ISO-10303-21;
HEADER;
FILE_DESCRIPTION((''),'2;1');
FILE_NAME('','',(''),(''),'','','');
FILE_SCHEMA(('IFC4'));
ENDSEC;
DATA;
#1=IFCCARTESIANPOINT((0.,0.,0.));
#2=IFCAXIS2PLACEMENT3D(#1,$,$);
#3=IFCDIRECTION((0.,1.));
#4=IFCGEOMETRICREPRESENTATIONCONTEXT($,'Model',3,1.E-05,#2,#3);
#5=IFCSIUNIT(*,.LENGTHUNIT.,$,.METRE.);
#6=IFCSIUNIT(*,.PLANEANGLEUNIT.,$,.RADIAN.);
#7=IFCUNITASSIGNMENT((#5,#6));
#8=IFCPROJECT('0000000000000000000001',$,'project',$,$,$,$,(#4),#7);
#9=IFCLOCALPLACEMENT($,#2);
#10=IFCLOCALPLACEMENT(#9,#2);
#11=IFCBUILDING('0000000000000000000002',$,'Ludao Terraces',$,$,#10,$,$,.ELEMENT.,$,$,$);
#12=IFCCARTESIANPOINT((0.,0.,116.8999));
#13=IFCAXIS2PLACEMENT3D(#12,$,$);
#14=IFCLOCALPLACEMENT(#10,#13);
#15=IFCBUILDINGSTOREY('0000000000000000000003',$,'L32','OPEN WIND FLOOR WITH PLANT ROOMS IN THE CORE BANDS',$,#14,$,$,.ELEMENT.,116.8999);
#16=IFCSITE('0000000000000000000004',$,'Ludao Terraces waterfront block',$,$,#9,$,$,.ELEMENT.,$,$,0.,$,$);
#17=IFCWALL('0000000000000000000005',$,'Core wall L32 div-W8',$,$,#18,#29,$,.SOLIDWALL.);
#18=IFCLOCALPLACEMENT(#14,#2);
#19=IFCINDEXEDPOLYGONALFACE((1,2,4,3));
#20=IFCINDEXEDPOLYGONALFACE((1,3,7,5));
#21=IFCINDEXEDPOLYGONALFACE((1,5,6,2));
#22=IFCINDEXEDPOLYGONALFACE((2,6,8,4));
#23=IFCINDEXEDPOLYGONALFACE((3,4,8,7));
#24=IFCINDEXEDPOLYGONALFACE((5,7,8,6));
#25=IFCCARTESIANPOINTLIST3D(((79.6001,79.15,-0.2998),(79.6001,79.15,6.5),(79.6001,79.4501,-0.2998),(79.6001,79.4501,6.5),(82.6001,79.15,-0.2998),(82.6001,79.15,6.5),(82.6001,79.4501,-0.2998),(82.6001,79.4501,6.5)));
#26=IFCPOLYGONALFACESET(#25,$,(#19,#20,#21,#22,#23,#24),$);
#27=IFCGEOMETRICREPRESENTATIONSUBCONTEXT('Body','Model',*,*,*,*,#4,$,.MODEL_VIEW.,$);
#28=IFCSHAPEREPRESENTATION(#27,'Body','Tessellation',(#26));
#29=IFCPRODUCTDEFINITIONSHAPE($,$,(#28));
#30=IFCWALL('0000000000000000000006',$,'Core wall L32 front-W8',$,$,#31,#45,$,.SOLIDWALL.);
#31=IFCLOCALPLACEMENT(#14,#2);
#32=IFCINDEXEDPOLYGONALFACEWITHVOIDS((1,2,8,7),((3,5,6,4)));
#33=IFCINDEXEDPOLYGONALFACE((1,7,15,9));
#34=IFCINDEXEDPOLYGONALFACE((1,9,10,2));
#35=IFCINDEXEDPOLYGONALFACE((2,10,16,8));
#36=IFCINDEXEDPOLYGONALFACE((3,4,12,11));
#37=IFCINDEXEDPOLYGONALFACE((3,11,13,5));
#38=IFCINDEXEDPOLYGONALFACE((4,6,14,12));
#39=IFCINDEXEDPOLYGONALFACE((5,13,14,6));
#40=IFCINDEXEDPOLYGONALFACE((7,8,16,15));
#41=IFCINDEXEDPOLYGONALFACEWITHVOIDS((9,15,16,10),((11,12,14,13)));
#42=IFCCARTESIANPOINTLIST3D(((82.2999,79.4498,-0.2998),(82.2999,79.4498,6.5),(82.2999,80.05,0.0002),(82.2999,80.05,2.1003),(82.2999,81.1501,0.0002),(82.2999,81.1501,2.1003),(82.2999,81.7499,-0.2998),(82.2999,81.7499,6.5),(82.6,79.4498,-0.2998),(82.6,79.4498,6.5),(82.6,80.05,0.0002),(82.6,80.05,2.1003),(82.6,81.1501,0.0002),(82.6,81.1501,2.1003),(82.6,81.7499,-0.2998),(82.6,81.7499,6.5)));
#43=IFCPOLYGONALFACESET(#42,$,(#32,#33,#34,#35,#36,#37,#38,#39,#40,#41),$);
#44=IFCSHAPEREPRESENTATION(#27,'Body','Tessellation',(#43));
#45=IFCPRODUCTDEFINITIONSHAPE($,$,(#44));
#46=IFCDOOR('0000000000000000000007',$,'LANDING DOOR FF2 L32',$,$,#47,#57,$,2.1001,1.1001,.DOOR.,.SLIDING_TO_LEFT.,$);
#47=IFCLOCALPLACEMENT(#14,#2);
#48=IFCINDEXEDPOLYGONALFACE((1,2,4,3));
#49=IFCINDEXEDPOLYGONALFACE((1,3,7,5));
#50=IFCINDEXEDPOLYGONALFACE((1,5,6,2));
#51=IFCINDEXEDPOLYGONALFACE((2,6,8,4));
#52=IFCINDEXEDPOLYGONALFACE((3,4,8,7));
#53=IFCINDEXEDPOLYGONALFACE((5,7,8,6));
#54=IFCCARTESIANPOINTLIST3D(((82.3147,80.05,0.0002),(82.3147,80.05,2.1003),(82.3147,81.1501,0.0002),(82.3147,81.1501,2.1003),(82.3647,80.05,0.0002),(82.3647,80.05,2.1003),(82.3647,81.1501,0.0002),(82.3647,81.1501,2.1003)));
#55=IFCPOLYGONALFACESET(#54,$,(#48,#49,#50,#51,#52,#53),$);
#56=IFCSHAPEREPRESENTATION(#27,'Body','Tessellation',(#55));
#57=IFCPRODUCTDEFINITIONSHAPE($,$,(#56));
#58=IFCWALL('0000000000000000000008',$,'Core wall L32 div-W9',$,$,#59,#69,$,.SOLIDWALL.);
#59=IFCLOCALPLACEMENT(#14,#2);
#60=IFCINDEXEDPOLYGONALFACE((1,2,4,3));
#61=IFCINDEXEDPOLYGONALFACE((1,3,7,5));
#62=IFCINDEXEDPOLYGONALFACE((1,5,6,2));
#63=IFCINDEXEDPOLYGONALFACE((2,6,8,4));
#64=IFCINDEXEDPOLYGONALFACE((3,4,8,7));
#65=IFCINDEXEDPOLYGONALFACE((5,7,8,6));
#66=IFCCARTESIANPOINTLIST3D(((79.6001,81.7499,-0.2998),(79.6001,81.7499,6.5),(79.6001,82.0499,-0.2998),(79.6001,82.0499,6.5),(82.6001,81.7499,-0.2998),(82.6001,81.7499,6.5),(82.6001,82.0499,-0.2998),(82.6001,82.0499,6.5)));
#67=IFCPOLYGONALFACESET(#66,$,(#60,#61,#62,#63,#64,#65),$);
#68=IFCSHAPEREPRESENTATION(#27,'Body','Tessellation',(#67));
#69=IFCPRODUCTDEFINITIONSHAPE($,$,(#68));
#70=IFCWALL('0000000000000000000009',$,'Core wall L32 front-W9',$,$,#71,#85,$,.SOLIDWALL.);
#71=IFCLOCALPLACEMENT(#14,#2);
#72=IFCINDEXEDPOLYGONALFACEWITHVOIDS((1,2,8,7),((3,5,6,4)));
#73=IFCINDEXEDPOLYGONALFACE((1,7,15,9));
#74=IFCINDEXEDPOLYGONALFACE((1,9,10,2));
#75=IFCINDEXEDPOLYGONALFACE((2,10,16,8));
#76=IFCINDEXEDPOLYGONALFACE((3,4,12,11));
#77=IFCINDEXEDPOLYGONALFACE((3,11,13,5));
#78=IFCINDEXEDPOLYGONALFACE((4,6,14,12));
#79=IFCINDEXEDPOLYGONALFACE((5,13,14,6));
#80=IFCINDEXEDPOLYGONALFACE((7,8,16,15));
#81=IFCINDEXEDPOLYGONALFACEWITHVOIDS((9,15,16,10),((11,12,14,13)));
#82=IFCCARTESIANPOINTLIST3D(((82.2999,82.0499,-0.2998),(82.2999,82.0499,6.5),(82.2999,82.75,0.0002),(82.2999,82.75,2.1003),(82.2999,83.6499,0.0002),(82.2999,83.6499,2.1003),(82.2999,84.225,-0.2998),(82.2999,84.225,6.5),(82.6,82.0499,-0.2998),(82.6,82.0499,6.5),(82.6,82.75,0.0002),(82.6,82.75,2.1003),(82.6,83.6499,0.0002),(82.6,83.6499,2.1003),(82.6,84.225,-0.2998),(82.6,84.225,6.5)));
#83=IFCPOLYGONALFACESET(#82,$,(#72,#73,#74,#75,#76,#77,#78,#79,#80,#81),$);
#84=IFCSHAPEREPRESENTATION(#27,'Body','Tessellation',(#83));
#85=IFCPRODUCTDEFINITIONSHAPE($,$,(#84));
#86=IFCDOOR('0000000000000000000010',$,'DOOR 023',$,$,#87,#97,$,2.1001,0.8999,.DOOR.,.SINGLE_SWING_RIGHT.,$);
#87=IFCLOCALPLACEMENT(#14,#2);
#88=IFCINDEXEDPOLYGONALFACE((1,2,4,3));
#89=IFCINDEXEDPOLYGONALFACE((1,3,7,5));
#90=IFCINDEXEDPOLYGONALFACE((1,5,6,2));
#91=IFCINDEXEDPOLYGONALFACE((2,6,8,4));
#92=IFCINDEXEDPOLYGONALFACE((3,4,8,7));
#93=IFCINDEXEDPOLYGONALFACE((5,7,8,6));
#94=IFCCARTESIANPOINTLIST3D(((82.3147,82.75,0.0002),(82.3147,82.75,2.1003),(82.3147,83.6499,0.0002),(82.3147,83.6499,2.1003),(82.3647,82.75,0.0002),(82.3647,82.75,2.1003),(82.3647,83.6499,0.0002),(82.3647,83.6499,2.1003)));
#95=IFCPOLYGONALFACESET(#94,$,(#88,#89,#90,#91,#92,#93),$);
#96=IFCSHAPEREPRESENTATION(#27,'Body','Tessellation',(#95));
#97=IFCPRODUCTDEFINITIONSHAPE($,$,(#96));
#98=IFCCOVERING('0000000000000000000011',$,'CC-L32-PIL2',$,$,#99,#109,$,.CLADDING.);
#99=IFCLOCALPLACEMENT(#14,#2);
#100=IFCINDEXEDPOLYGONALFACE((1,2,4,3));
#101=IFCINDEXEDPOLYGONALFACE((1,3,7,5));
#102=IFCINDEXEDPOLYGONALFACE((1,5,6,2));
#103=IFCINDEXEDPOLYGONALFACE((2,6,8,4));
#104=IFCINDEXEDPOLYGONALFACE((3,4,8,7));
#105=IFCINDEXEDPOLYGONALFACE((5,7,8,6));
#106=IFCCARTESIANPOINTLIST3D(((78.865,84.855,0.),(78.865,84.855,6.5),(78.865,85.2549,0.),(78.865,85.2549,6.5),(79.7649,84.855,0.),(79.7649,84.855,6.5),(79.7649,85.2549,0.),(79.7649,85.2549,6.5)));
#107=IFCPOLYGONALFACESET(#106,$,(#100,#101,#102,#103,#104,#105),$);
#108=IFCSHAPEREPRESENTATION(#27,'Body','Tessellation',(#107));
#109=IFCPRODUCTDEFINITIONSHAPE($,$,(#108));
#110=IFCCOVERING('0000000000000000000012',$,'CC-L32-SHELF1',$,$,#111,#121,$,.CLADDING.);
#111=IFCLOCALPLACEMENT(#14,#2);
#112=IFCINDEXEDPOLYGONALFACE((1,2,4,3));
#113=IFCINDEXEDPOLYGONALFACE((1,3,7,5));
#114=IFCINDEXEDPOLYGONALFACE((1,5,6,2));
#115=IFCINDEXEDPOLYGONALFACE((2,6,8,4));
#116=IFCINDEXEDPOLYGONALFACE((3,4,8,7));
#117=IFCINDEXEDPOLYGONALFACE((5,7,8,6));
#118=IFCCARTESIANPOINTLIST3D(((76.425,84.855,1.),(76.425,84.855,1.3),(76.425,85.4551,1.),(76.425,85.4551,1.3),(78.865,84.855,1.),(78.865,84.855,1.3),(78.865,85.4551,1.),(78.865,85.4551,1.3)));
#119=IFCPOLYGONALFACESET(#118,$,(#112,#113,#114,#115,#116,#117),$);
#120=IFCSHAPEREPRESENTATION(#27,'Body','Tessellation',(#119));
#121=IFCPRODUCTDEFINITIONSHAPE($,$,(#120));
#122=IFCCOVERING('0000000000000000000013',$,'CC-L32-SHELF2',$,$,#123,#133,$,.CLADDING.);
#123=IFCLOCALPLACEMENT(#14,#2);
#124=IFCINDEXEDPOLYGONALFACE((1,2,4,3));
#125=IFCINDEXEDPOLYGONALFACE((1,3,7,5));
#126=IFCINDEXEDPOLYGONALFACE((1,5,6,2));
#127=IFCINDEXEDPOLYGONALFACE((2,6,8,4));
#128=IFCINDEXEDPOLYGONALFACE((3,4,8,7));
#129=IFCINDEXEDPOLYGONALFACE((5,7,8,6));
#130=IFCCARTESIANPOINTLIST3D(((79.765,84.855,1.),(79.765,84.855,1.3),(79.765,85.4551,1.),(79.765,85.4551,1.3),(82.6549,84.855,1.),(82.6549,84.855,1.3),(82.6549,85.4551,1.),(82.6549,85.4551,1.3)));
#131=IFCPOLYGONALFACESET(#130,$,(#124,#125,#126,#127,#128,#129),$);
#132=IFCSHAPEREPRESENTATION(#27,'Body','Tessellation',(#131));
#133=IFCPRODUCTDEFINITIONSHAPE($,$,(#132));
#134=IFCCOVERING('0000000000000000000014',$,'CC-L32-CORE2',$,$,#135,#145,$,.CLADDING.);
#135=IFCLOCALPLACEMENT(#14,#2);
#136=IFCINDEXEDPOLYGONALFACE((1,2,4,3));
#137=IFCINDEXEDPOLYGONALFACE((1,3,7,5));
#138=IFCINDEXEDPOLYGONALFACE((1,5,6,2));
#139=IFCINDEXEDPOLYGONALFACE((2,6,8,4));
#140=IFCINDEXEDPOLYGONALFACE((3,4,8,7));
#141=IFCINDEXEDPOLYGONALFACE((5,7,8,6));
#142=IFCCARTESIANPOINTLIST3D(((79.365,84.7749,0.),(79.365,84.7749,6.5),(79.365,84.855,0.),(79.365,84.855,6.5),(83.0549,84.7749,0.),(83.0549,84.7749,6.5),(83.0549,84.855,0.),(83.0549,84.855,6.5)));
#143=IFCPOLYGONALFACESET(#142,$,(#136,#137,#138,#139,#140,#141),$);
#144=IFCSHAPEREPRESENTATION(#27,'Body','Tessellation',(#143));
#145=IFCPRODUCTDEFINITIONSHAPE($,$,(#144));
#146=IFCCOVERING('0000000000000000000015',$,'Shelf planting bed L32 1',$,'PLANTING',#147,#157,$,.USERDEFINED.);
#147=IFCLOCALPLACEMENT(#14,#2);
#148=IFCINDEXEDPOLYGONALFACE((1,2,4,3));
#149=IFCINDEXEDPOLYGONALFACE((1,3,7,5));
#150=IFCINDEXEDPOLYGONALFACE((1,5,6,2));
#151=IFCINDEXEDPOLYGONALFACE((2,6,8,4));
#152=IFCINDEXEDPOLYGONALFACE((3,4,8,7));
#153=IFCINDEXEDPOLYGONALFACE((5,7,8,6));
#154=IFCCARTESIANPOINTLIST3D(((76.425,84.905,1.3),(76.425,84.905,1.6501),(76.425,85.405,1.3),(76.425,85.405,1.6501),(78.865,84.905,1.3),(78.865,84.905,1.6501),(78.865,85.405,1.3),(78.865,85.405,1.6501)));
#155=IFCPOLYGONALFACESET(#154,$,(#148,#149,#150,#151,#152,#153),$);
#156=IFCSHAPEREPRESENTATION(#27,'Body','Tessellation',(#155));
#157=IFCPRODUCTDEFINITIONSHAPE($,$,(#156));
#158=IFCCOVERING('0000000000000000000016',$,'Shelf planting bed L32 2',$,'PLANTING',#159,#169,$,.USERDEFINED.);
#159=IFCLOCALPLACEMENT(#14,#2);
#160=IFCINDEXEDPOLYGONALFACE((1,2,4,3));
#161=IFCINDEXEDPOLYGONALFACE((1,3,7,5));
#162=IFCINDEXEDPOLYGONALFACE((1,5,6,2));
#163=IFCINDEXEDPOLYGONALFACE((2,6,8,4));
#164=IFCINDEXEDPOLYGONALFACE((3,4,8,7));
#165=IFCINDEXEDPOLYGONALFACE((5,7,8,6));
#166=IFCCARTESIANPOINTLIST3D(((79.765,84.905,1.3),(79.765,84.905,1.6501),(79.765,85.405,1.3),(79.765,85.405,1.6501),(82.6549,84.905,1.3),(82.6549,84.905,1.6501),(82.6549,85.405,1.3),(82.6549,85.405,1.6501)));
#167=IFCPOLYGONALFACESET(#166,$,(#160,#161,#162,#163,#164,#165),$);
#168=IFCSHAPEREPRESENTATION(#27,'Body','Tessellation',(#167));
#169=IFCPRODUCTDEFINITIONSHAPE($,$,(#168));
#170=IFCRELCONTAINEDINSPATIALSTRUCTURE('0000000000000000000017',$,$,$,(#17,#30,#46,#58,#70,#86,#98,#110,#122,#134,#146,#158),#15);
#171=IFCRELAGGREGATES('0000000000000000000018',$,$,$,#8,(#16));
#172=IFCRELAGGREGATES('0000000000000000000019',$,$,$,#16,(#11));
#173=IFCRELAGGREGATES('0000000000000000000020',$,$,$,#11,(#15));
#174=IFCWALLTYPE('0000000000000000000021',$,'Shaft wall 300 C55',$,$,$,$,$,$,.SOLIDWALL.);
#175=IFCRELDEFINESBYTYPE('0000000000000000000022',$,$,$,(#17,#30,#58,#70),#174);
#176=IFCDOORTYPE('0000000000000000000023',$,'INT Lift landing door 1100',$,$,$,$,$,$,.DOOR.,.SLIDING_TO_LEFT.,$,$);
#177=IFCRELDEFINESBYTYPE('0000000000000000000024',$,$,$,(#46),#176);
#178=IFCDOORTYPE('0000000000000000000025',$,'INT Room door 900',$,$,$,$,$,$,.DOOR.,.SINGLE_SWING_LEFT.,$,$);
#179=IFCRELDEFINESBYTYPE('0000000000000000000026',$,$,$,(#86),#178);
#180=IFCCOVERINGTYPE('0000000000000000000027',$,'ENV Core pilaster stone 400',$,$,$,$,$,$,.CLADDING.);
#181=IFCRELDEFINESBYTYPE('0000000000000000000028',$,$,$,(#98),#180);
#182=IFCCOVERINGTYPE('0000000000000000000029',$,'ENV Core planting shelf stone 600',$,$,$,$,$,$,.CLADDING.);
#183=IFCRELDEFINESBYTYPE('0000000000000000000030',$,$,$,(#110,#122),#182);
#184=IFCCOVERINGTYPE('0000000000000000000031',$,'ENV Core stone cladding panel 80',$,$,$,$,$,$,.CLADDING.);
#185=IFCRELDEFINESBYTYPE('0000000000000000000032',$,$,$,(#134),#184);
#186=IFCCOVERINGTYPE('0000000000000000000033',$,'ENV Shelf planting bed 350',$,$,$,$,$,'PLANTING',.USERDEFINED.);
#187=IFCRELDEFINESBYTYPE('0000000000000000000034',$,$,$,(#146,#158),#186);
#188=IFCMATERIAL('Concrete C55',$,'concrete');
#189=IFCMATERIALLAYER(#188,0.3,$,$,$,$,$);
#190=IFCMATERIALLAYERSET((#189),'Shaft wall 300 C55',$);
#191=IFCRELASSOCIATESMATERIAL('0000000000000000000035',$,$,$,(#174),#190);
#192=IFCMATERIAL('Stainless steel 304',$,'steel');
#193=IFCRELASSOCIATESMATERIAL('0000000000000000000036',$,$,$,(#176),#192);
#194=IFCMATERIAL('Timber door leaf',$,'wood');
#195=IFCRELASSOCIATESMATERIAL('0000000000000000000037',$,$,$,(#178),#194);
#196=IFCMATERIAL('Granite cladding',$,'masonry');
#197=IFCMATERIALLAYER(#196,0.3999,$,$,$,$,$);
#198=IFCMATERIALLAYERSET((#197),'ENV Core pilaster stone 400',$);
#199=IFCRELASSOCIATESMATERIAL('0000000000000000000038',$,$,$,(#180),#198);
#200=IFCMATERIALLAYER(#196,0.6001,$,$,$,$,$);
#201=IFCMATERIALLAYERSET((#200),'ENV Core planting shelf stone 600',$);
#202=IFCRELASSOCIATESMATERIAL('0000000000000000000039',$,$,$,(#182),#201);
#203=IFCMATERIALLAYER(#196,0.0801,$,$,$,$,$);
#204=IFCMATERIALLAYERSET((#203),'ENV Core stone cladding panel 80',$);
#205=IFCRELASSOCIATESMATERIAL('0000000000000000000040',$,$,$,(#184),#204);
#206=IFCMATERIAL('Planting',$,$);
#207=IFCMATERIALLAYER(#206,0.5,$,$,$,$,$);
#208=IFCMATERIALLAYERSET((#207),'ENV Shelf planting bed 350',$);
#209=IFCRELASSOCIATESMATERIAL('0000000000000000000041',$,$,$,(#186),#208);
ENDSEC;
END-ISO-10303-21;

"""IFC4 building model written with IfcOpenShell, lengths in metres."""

from ifc_helpers import new_model, si_unit, direction, frame, frame_2d, origin, origin_2d, place, context, subcontext, project, spatial, rectangle, extrude, material, layer, layer_set, type_object, element, fill, save


model = new_model("IFC4")

# Units and contexts
model_context = context("Model", 3, precision=1e-05, world=origin(), true_north=direction((0.0, 1.0)))
body_context = subcontext(model_context, "Body", "Model", "MODEL_VIEW")
ifc_project = project(units=[si_unit("LENGTHUNIT", "METRE"), si_unit("PLANEANGLEUNIT", "RADIAN")], contexts=[model_context])

# Site, building, storey
site_placement = place(None, origin())
site = spatial("IfcSite", under=ifc_project, at=site_placement, Name="Ludao Terraces waterfront block", CompositionType="ELEMENT", RefElevation=0.0)
building_placement = place(site_placement, origin())
building = spatial("IfcBuilding", under=site, at=building_placement, Name="Ludao Terraces", CompositionType="ELEMENT")
storey_placement = place(building_placement, frame((0.0, 0.0, 116.8999)))
storey = spatial("IfcBuildingStorey", under=building, at=storey_placement, Name="L32", Description="OPEN WIND FLOOR WITH PLANT ROOMS IN THE CORE BANDS", CompositionType="ELEMENT", Elevation=116.8999)

# Shared definitions
ifc_material_1 = material(Name="Concrete C55", Category="concrete")
ifc_layer_1 = layer(ifc_material_1, 0.3)
ifc_layer_set_1 = layer_set([ifc_layer_1], Name="Shaft wall 300 C55")
wall_type_1 = type_object("IfcWallType", Name="Shaft wall 300 C55", PredefinedType="SOLIDWALL", material=ifc_layer_set_1)

# Shared definitions
ifc_material_2 = material(Name="Stainless steel 304", Category="steel")
door_type_1 = type_object("IfcDoorType", Name="INT Lift landing door 1100", OperationType="SLIDING_TO_LEFT", PredefinedType="DOOR", material=ifc_material_2)

# Wall
wall_1_placement = place(storey_placement, frame((79.6001, 79.3, -0.2998), z_axis=(0.0, 0.0, 1.0), x_axis=(1.0, 0.0, 0.0)))
element("IfcWall", 1, at=wall_1_placement, inside=storey, type_object=wall_type_1, Name="Core wall L32 div-W8", PredefinedType="SOLIDWALL", context=body_context, shape_type="SweptSolid", body=[
    extrude(rectangle(XDim=3.0, YDim=0.3, at=frame_2d((1.5, 0.0))), origin(), (0.0, 0.0, 1.0), 6.7998),
])

# Wall, opening, door
wall_2_placement = place(storey_placement, frame((82.45, 79.45, -0.2998), z_axis=(0.0, 0.0, 1.0), x_axis=(0.0, 1.0, 0.0)))
wall_2 = element("IfcWall", 2, at=wall_2_placement, inside=storey, type_object=wall_type_1, Name="Core wall L32 front-W8", PredefinedType="SOLIDWALL", context=body_context, shape_type="SweptSolid", body=[
    extrude(rectangle(XDim=2.3, YDim=0.3, at=frame_2d((1.1499, 0.0))), origin(), (0.0, 0.0, 1.0), 6.7998),
])
opening_1_placement = place(wall_2_placement, frame((0.6001, 0.0, 0.3)))
opening_1 = element("IfcOpeningElement", 3, at=opening_1_placement, cuts=wall_2, PredefinedType="OPENING", context=body_context, shape_type="SweptSolid", body=[
    extrude(rectangle(XDim=1.1001, YDim=2.1001, at=frame_2d((0.55, 1.05))), frame((0.0, 0.1602, 0.0), z_axis=(0.0, -1.0, 0.0), x_axis=(1.0, 0.0, 0.0)), (0.0, 0.0, 1.0), 0.3201),
])
door_1_placement = place(opening_1_placement, origin())
door_1 = element("IfcDoor", 4, at=door_1_placement, inside=storey, type_object=door_type_1, Name="LANDING DOOR FF2 L32", OperationType="SLIDING_TO_LEFT", OverallHeight=2.1001, OverallWidth=1.1001, PredefinedType="DOOR", context=body_context, shape_type="SweptSolid", body=[
    extrude(rectangle(XDim=1.1001, YDim=2.1001, at=frame_2d((0.55, 1.05))), frame((0.0, 0.1353, 0.0), z_axis=(0.0, -1.0, 0.0), x_axis=(1.0, 0.0, 0.0)), (0.0, 0.0, 1.0), 0.05),
])
fill(opening_1, door_1)

# Wall
wall_3_placement = place(storey_placement, frame((79.6001, 81.8999, -0.2998), z_axis=(0.0, 0.0, 1.0), x_axis=(1.0, 0.0, 0.0)))
element("IfcWall", 5, at=wall_3_placement, inside=storey, type_object=wall_type_1, Name="Core wall L32 div-W9", PredefinedType="SOLIDWALL", context=body_context, shape_type="SweptSolid", body=[
    extrude(rectangle(XDim=3.0, YDim=0.3, at=frame_2d((1.5, 0.0))), origin(), (0.0, 0.0, 1.0), 6.7998),
])

# Wall, opening, door
wall_4_placement = place(storey_placement, frame((82.45, 82.05, -0.2998), z_axis=(0.0, 0.0, 1.0), x_axis=(0.0, 1.0, 0.0)))
wall_4 = element("IfcWall", 6, at=wall_4_placement, inside=storey, type_object=wall_type_1, Name="Core wall L32 front-W9", PredefinedType="SOLIDWALL", context=body_context, shape_type="SweptSolid", body=[
    extrude(rectangle(XDim=2.175, YDim=0.3, at=frame_2d((1.0874, 0.0))), origin(), (0.0, 0.0, 1.0), 6.7998),
])
opening_2_placement = place(wall_4_placement, frame((0.7, 0.0, 0.3)))
opening_2 = element("IfcOpeningElement", 7, at=opening_2_placement, cuts=wall_4, PredefinedType="OPENING", context=body_context, shape_type="SweptSolid", body=[
    extrude(rectangle(XDim=0.8999, YDim=2.1001, at=frame_2d((0.45, 1.05))), frame((0.0, 0.1602, 0.0), z_axis=(0.0, -1.0, 0.0), x_axis=(1.0, 0.0, 0.0)), (0.0, 0.0, 1.0), 0.3201),
])
ifc_material_3 = material(Name="Timber door leaf", Category="wood")
door_type_2 = type_object("IfcDoorType", Name="INT Room door 900", OperationType="SINGLE_SWING_LEFT", PredefinedType="DOOR", material=ifc_material_3)
door_2_placement = place(opening_2_placement, origin())
door_2 = element("IfcDoor", 8, at=door_2_placement, inside=storey, type_object=door_type_2, Name="DOOR 023", OperationType="SINGLE_SWING_RIGHT", OverallHeight=2.1001, OverallWidth=0.8999, PredefinedType="DOOR", context=body_context, shape_type="SweptSolid", body=[
    extrude(rectangle(XDim=0.8999, YDim=2.1001, at=frame_2d((0.45, 1.05))), frame((0.0, 0.1353, 0.0), z_axis=(0.0, -1.0, 0.0), x_axis=(1.0, 0.0, 0.0)), (0.0, 0.0, 1.0), 0.05),
])
fill(opening_2, door_2)

# Coverings
ifc_material_4 = material(Name="Granite cladding", Category="masonry")
ifc_layer_2 = layer(ifc_material_4, 0.3999)
ifc_layer_set_2 = layer_set([ifc_layer_2], Name="ENV Core pilaster stone 400")
covering_type_1 = type_object("IfcCoveringType", Name="ENV Core pilaster stone 400", PredefinedType="CLADDING", material=ifc_layer_set_2)
covering_1_placement = place(storey_placement, frame((79.3149, 85.0549, 0.0), z_axis=(0.0, 0.0, 1.0), x_axis=(1.0, 0.0, 0.0)))
element("IfcCovering", 9, at=covering_1_placement, inside=storey, type_object=covering_type_1, Name="CC-L32-PIL2", PredefinedType="CLADDING", context=body_context, shape_type="SweptSolid", body=[
    extrude(rectangle(XDim=0.8999, YDim=0.3999, at=origin_2d()), origin(), (0.0, 0.0, 1.0), 6.5),
])
ifc_layer_3 = layer(ifc_material_4, 0.6001)
ifc_layer_set_3 = layer_set([ifc_layer_3], Name="ENV Core planting shelf stone 600")
covering_type_2 = type_object("IfcCoveringType", Name="ENV Core planting shelf stone 600", PredefinedType="CLADDING", material=ifc_layer_set_3)
covering_2_placement = place(storey_placement, frame((77.645, 85.155, 1.0), z_axis=(0.0, 0.0, 1.0), x_axis=(1.0, 0.0, 0.0)))
element("IfcCovering", 10, at=covering_2_placement, inside=storey, type_object=covering_type_2, Name="CC-L32-SHELF1", PredefinedType="CLADDING", context=body_context, shape_type="SweptSolid", body=[
    extrude(rectangle(XDim=2.4399, YDim=0.6001, at=origin_2d()), origin(), (0.0, 0.0, 1.0), 0.3),
])
covering_3_placement = place(storey_placement, frame((81.21, 85.155, 1.0), z_axis=(0.0, 0.0, 1.0), x_axis=(1.0, 0.0, 0.0)))
element("IfcCovering", 11, at=covering_3_placement, inside=storey, type_object=covering_type_2, Name="CC-L32-SHELF2", PredefinedType="CLADDING", context=body_context, shape_type="SweptSolid", body=[
    extrude(rectangle(XDim=2.8899, YDim=0.6001, at=origin_2d()), origin(), (0.0, 0.0, 1.0), 0.3),
])
ifc_layer_4 = layer(ifc_material_4, 0.0801)
ifc_layer_set_4 = layer_set([ifc_layer_4], Name="ENV Core stone cladding panel 80")
covering_type_3 = type_object("IfcCoveringType", Name="ENV Core stone cladding panel 80", PredefinedType="CLADDING", material=ifc_layer_set_4)
covering_4_placement = place(storey_placement, frame((81.21, 84.8149, 0.0), z_axis=(0.0, 0.0, 1.0), x_axis=(1.0, 0.0, 0.0)))
element("IfcCovering", 12, at=covering_4_placement, inside=storey, type_object=covering_type_3, Name="CC-L32-CORE2", PredefinedType="CLADDING", context=body_context, shape_type="SweptSolid", body=[
    extrude(rectangle(XDim=3.6899, YDim=0.0801, at=origin_2d()), origin(), (0.0, 0.0, 1.0), 6.5),
])
ifc_material_5 = material(Name="Planting")
ifc_layer_5 = layer(ifc_material_5, 0.5)
ifc_layer_set_5 = layer_set([ifc_layer_5], Name="ENV Shelf planting bed 350")
covering_type_4 = type_object("IfcCoveringType", Name="ENV Shelf planting bed 350", ElementType="PLANTING", PredefinedType="USERDEFINED", material=ifc_layer_set_5)
covering_5_placement = place(storey_placement, frame((77.645, 85.155, 1.3), z_axis=(0.0, 0.0, 1.0), x_axis=(1.0, 0.0, 0.0)))
element("IfcCovering", 13, at=covering_5_placement, inside=storey, type_object=covering_type_4, Name="Shelf planting bed L32 1", ObjectType="PLANTING", PredefinedType="USERDEFINED", context=body_context, shape_type="SweptSolid", body=[
    extrude(rectangle(XDim=2.4399, YDim=0.5, at=origin_2d()), origin(), (0.0, 0.0, 1.0), 0.3501),
])
covering_6_placement = place(storey_placement, frame((81.21, 85.155, 1.3), z_axis=(0.0, 0.0, 1.0), x_axis=(1.0, 0.0, 0.0)))
element("IfcCovering", 14, at=covering_6_placement, inside=storey, type_object=covering_type_4, Name="Shelf planting bed L32 2", ObjectType="PLANTING", PredefinedType="USERDEFINED", context=body_context, shape_type="SweptSolid", body=[
    extrude(rectangle(XDim=2.8899, YDim=0.5, at=origin_2d()), origin(), (0.0, 0.0, 1.0), 0.3501),
])

save(model, "model.ifc")
